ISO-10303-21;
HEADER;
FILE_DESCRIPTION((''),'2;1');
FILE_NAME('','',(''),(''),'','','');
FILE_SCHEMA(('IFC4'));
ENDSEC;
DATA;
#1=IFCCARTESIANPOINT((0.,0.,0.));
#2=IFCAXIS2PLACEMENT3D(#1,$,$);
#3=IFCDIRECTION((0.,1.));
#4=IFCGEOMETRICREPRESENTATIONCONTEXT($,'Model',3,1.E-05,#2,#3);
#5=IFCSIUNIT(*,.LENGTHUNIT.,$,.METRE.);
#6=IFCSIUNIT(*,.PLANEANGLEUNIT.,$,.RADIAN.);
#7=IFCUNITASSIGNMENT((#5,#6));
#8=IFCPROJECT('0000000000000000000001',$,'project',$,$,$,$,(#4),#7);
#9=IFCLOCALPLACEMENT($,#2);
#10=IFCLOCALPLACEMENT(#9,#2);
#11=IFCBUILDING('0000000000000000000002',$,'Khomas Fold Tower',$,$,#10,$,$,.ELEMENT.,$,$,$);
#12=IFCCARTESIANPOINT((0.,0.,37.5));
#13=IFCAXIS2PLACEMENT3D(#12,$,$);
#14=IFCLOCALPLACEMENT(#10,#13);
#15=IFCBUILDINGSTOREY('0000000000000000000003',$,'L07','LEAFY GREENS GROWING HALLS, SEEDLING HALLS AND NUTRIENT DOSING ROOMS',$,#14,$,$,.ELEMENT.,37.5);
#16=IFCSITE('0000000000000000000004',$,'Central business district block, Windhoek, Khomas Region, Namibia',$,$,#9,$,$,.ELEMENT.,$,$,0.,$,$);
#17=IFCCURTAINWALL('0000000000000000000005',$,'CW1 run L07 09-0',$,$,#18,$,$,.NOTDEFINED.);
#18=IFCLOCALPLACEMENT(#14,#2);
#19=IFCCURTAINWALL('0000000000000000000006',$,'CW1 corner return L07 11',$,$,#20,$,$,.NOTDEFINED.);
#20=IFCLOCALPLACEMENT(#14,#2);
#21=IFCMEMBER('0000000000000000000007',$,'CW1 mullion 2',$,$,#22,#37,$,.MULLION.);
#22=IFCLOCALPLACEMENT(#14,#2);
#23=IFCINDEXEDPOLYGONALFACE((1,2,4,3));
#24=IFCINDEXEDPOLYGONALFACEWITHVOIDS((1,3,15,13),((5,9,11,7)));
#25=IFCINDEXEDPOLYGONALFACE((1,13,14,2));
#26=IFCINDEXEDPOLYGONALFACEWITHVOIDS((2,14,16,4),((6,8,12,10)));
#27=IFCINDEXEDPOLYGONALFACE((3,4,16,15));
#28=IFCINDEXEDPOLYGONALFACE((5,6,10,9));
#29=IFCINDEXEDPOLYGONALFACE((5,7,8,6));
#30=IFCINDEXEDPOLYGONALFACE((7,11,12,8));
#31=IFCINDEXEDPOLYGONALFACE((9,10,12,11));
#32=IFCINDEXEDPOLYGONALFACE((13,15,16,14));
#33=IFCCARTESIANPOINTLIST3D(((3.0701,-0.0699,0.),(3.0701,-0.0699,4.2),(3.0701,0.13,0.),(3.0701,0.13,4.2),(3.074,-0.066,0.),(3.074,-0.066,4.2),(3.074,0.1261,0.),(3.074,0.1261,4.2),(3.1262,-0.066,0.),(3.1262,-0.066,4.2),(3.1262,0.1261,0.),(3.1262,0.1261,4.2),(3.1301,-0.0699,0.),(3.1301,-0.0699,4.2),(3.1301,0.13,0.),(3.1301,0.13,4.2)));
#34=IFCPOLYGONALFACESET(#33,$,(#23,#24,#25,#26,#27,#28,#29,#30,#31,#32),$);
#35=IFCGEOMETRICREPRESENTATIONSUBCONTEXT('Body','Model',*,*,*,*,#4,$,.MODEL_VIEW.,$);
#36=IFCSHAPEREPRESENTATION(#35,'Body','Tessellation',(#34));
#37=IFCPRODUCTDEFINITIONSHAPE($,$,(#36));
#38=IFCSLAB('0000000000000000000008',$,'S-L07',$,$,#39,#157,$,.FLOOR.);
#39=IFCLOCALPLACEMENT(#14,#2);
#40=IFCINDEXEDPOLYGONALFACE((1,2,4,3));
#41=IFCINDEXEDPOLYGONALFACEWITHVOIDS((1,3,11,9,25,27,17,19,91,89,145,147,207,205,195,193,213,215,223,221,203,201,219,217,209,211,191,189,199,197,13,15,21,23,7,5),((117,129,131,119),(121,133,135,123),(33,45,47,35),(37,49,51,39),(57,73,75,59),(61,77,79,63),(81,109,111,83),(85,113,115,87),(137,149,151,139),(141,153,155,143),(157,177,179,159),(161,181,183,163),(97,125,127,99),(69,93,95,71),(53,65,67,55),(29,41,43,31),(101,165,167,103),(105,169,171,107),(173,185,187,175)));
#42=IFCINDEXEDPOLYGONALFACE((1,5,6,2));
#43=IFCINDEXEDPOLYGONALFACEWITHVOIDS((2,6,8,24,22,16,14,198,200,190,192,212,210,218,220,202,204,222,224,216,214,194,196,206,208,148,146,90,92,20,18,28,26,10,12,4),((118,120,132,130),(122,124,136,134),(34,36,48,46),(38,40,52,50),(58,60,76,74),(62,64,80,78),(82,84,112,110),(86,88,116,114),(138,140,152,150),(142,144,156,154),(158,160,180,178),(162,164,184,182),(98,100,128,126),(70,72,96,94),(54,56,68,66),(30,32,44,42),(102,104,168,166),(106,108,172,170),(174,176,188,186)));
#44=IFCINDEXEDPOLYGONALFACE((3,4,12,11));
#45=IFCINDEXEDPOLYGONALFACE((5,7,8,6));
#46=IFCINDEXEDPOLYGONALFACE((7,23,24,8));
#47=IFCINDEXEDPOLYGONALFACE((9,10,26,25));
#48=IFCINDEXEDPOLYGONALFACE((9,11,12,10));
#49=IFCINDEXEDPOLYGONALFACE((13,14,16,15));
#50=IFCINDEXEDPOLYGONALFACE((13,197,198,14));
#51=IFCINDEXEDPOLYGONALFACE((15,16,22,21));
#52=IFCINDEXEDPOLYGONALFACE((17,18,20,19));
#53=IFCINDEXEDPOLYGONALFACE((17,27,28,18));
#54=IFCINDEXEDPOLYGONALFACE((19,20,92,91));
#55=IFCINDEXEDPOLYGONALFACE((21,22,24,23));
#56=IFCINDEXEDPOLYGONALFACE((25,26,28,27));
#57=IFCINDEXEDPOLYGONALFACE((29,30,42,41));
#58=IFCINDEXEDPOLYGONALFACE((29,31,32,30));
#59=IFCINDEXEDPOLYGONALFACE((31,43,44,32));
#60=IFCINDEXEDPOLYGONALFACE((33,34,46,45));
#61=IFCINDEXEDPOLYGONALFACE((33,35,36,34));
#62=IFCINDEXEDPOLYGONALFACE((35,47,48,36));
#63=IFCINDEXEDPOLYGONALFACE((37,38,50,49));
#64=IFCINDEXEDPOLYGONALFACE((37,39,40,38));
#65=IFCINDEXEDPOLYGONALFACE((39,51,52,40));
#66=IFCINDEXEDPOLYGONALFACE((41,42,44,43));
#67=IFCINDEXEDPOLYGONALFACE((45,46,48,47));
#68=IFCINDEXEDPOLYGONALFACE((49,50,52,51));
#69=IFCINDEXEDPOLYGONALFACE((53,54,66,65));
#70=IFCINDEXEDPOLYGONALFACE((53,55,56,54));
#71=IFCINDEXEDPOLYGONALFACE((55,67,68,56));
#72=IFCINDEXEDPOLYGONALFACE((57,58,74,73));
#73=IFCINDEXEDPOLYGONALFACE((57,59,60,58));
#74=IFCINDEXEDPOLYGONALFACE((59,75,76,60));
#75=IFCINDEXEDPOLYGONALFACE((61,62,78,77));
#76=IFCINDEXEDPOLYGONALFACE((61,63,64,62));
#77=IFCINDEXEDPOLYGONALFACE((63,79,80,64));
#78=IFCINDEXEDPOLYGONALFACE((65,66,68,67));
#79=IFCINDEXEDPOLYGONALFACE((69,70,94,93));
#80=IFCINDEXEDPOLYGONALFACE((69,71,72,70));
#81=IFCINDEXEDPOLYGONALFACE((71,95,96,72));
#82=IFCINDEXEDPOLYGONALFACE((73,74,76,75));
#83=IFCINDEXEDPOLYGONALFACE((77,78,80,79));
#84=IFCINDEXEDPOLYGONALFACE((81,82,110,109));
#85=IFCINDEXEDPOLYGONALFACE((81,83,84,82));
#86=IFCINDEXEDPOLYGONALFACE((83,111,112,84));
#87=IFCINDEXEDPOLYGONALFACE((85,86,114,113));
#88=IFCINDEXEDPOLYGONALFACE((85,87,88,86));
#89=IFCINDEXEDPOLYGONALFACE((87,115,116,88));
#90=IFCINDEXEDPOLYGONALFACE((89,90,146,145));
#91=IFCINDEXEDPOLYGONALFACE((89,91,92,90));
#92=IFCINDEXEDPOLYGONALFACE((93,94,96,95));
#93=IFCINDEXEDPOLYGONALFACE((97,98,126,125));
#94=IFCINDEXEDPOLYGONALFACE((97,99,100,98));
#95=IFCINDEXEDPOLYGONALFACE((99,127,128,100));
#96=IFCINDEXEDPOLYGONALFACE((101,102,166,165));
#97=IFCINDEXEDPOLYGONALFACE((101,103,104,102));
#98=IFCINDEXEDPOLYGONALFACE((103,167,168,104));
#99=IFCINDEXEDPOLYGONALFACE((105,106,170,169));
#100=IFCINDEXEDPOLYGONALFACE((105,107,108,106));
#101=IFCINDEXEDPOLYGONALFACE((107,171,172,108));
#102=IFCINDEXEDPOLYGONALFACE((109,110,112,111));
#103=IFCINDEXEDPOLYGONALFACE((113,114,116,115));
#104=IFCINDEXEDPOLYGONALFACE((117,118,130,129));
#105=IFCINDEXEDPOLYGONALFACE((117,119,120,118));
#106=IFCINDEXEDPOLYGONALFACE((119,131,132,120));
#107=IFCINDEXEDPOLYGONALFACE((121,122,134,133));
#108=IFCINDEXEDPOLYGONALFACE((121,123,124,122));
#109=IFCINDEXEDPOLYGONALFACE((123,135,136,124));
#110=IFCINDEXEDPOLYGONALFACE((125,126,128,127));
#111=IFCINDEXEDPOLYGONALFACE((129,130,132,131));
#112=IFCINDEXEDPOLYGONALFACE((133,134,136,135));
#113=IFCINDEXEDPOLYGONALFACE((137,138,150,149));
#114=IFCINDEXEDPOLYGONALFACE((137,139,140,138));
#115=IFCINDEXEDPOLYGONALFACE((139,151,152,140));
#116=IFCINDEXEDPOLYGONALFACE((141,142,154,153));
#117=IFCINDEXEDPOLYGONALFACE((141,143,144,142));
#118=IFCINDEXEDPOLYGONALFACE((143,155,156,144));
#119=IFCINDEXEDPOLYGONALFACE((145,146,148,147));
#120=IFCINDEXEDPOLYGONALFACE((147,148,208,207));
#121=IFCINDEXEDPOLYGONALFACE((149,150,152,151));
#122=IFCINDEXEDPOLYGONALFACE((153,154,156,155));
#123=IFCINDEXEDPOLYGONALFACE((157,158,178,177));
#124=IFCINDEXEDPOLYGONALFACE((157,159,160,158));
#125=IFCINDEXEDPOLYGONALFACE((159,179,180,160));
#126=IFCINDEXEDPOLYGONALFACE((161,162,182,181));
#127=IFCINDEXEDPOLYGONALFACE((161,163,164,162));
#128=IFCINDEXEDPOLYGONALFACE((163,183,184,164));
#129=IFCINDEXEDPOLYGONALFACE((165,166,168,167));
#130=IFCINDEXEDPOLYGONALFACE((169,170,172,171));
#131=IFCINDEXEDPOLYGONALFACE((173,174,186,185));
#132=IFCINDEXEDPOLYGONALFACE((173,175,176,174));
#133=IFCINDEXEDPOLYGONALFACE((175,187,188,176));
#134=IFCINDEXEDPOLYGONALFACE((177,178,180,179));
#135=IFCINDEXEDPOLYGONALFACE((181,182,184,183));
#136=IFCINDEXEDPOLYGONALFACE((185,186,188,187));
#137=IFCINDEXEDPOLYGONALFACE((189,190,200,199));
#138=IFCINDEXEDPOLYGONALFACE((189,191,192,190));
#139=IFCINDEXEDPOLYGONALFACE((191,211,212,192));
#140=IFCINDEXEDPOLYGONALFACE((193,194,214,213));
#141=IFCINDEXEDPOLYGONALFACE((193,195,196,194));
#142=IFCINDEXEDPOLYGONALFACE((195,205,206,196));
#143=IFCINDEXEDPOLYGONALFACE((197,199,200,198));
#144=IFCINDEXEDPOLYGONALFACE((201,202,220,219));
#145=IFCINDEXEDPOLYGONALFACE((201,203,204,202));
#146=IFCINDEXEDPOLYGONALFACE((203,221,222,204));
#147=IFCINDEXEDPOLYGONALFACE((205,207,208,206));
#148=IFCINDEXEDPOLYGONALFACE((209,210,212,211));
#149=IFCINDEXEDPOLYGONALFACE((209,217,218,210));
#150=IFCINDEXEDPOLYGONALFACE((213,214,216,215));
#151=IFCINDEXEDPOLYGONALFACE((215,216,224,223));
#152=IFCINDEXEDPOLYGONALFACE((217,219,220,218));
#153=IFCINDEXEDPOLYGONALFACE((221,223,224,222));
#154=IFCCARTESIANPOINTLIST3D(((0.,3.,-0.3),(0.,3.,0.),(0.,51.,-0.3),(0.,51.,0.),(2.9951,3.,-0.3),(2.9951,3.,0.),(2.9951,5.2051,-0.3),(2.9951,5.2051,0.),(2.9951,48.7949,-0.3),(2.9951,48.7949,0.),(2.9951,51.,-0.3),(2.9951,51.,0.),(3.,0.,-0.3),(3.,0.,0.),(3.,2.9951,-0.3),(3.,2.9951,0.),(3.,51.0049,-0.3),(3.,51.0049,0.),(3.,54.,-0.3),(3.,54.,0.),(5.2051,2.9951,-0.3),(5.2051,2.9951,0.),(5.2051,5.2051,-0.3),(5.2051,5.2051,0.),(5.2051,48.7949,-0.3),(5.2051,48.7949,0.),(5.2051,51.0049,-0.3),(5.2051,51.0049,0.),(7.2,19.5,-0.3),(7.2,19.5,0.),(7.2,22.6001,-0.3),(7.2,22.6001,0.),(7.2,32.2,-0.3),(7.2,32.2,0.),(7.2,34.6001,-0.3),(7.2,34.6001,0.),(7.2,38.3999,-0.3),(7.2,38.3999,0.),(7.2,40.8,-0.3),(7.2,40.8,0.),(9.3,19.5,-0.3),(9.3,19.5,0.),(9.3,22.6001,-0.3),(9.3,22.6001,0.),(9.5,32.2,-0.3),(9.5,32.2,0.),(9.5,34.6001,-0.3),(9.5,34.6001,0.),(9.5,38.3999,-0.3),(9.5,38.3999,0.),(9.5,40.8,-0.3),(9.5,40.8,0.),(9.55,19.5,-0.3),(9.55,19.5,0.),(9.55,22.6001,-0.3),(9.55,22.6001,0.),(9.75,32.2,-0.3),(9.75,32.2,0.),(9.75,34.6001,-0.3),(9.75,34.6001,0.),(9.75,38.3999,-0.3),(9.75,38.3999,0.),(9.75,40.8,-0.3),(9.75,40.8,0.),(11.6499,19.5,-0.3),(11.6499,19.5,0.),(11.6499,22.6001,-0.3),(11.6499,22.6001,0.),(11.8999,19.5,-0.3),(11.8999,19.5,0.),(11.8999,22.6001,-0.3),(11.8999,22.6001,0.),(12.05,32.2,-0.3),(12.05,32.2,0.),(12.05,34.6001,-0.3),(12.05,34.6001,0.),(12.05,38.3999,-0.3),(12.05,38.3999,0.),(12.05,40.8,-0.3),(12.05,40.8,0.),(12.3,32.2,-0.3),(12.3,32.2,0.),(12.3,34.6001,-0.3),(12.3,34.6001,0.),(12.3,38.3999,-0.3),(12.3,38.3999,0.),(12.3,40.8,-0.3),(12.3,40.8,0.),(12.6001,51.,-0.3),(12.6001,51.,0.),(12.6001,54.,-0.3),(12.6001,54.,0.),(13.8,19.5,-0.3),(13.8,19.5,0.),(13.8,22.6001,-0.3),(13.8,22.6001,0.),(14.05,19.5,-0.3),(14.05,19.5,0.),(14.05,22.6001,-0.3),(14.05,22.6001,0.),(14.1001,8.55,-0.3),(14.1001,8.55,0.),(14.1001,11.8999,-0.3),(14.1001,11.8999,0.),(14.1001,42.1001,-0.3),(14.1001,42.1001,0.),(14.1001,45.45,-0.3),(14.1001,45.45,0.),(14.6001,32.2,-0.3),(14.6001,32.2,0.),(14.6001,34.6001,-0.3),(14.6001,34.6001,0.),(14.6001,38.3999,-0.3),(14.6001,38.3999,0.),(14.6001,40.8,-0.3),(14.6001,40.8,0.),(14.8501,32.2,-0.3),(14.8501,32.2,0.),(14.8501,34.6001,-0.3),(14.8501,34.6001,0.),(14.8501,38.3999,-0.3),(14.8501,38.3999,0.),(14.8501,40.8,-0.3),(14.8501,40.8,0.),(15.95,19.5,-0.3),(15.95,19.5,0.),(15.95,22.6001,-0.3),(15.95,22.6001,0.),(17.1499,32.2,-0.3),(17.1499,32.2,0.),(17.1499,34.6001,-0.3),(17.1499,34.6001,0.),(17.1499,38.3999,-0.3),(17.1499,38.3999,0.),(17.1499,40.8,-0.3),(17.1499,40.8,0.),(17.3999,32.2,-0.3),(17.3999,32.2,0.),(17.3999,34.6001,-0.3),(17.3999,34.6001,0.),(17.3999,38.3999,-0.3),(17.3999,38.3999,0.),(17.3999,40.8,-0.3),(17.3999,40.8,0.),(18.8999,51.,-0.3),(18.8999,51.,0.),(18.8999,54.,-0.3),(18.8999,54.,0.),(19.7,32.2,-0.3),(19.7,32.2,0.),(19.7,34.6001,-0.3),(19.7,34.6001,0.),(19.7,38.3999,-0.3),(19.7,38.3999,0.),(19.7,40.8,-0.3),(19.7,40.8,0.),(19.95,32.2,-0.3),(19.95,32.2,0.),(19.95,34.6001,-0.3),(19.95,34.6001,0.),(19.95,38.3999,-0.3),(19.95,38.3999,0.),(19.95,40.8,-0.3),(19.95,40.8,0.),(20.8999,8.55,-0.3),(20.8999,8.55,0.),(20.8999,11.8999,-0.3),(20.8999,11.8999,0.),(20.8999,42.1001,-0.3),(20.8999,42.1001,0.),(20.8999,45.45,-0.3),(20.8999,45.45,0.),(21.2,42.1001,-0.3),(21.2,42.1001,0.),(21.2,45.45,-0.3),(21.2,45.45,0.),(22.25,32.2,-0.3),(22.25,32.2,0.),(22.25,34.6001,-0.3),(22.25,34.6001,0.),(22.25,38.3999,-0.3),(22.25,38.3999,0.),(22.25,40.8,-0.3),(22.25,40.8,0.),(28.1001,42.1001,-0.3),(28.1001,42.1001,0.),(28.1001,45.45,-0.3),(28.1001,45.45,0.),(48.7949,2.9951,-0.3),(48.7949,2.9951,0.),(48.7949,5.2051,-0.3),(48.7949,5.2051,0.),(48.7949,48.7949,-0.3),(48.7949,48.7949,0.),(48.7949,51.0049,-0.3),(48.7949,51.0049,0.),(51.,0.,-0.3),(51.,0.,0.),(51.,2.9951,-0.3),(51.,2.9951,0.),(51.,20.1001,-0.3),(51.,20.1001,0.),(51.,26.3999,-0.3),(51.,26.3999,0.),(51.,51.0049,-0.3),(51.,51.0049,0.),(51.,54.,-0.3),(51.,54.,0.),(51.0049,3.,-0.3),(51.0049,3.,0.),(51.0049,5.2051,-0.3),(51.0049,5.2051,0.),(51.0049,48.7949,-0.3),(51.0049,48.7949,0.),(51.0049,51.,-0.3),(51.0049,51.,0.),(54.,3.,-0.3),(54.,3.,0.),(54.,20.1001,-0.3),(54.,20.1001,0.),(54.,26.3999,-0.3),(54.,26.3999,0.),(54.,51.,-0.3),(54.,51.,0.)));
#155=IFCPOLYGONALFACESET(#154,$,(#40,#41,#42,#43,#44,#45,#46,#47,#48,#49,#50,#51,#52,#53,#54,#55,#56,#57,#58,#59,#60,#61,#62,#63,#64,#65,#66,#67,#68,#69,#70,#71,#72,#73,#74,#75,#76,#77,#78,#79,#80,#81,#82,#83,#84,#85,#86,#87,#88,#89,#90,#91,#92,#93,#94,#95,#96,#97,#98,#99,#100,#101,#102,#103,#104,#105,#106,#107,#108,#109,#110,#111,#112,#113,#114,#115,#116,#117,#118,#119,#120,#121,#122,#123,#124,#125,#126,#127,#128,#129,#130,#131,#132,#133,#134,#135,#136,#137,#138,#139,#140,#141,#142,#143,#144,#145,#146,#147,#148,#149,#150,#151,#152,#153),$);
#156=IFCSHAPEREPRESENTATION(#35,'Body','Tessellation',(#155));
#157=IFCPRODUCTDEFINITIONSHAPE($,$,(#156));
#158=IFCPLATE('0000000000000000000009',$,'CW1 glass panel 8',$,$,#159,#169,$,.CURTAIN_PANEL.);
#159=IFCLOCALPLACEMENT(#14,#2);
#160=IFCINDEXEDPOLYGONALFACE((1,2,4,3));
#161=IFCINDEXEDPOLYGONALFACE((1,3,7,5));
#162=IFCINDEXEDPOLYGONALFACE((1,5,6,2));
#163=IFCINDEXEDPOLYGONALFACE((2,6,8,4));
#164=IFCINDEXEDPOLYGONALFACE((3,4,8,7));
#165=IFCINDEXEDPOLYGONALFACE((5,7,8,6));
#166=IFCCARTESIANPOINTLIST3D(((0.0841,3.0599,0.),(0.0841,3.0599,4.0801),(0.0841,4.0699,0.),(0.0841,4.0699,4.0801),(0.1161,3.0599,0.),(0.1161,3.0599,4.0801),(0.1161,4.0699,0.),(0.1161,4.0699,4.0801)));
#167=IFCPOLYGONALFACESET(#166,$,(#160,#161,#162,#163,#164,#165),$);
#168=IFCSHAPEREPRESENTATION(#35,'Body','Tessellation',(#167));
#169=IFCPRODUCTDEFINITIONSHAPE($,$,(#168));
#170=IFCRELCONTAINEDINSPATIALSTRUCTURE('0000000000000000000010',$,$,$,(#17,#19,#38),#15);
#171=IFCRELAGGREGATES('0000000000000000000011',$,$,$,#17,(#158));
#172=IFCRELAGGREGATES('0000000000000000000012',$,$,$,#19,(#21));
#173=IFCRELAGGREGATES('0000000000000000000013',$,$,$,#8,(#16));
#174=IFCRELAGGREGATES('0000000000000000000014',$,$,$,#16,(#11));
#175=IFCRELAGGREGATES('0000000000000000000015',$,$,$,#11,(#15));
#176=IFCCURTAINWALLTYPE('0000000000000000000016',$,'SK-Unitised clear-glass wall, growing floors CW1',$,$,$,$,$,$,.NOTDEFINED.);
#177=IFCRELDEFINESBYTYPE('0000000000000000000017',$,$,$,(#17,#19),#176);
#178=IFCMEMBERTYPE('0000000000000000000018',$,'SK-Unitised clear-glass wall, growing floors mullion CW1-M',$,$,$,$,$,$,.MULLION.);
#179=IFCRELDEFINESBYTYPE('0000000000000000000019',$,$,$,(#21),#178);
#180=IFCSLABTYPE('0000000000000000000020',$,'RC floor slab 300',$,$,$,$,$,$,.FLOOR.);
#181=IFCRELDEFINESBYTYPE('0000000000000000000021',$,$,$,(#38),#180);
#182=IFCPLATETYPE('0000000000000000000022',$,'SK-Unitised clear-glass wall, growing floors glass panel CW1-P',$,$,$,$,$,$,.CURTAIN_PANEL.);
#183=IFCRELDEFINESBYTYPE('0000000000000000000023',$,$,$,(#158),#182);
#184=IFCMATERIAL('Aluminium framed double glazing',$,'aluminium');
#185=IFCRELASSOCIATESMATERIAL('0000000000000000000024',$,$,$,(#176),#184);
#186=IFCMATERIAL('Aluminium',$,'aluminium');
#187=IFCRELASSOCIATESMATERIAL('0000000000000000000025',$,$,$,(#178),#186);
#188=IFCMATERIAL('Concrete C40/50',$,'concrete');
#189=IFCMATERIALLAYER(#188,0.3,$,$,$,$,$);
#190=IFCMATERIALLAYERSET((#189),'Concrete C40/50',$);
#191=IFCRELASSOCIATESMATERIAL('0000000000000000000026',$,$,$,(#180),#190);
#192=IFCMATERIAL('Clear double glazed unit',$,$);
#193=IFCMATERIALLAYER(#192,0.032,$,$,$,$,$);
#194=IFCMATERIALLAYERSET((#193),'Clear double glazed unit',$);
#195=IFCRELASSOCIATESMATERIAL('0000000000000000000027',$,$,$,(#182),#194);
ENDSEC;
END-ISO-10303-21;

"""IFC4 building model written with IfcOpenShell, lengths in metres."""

from ifc_helpers import new_model, si_unit, direction, frame, origin, origin_2d, place, context, subcontext, project, spatial, polyline, rectangle, hollow_rectangle, outline, extrude, source, transform, mapped, material, layer, layer_set, material_profile, profile_set, type_object, element, aggregate, save


model = new_model("IFC4")

# Units and contexts
model_context = context("Model", 3, precision=1e-05, world=origin(), true_north=direction((0.0, 1.0)))
body_context = subcontext(model_context, "Body", "Model", "MODEL_VIEW")
ifc_project = project(units=[si_unit("LENGTHUNIT", "METRE"), si_unit("PLANEANGLEUNIT", "RADIAN")], contexts=[model_context])

# Site, building, storey
site_placement = place(None, origin())
site = spatial("IfcSite", under=ifc_project, at=site_placement, Name="Central business district block, Windhoek, Khomas Region, Namibia", CompositionType="ELEMENT", RefElevation=0.0)
building_placement = place(site_placement, origin())
building = spatial("IfcBuilding", under=site, at=building_placement, Name="Khomas Fold Tower", CompositionType="ELEMENT")
storey_placement = place(building_placement, frame((0.0, 0.0, 37.5)))
storey = spatial("IfcBuildingStorey", under=building, at=storey_placement, Name="L07", Description="LEAFY GREENS GROWING HALLS, SEEDLING HALLS AND NUTRIENT DOSING ROOMS", CompositionType="ELEMENT", Elevation=37.5)

# Curtain walls
ifc_material_1 = material(Name="Aluminium framed double glazing", Category="aluminium")
curtain_wall_type = type_object("IfcCurtainWallType", Name="SK-Unitised clear-glass wall, growing floors CW1", PredefinedType="NOTDEFINED", material=ifc_material_1)
curtain_wall_1_placement = place(storey_placement, origin())
curtain_wall_1 = element("IfcCurtainWall", 1, at=curtain_wall_1_placement, inside=storey, type_object=curtain_wall_type, Name="CW1 run L07 09-0", PredefinedType="NOTDEFINED")
curtain_wall_2_placement = place(storey_placement, origin())
curtain_wall_2 = element("IfcCurtainWall", 2, at=curtain_wall_2_placement, inside=storey, type_object=curtain_wall_type, Name="CW1 corner return L07 11", PredefinedType="NOTDEFINED")

# Member
ifc_material_2 = material(Name="Aluminium", Category="aluminium")
ifc_material_profile_1 = material_profile(ifc_material_2, hollow_rectangle(XDim=0.0601, YDim=0.2, WallThickness=0.0039, at=origin_2d()), Name="SK-Unitised clear-glass wall, growing floors mullion CW1-M")
ifc_profile_set_1 = profile_set([ifc_material_profile_1], Name="Aluminium")
member_type_1 = type_object("IfcMemberType", Name="SK-Unitised clear-glass wall, growing floors mullion CW1-M", PredefinedType="MULLION", material=ifc_profile_set_1)
shared_shape_1 = source(origin(), body_context, "Body", "SweptSolid", [
    extrude(hollow_rectangle(XDim=0.0601, YDim=0.2, WallThickness=0.0039, at=origin_2d()), origin(), (0.0, 0.0, 1.0), 4.2),
])
member_1_placement = place(storey_placement, frame((3.1001, 0.03, 0.0), z_axis=(0.0, 0.0, 1.0), x_axis=(1.0, 0.0, 0.0)))
member_1 = element("IfcMember", 3, at=member_1_placement, type_object=member_type_1, Name="CW1 mullion 2", PredefinedType="MULLION", context=body_context, shape_type="MappedRepresentation", body=[
    mapped(shared_shape_1, transform((0.0, 0.0, 0.0))),
])

# Slab
ifc_material_3 = material(Name="Concrete C40/50", Category="concrete")
ifc_layer_1 = layer(ifc_material_3, 0.3)
ifc_layer_set_1 = layer_set([ifc_layer_1], Name="Concrete C40/50")
slab_type_1 = type_object("IfcSlabType", Name="RC floor slab 300", PredefinedType="FLOOR", material=ifc_layer_set_1)
shared_shape_2 = source(origin(), body_context, "Body", "SweptSolid", [
    extrude(outline(polyline([(0.0, 3.0), (2.9951, 3.0), (2.9951, 5.2051), (5.2051, 5.2051), (5.2051, 2.9951), (3.0, 2.9951), (3.0, 0.0), (51.0, 0.0), (51.0, 2.9951), (48.7949, 2.9951), (48.7949, 5.2051), (51.0049, 5.2051), (51.0049, 3.0), (54.0, 3.0), (54.0, 20.1001), (51.0, 20.1001), (51.0, 26.3999), (54.0, 26.3999), (54.0, 51.0), (51.0049, 51.0), (51.0049, 48.7949), (48.7949, 48.7949), (48.7949, 51.0049), (51.0, 51.0049), (51.0, 54.0), (18.8999, 54.0), (18.8999, 51.0), (12.6001, 51.0), (12.6001, 54.0), (3.0, 54.0), (3.0, 51.0049), (5.2051, 51.0049), (5.2051, 48.7949), (2.9951, 48.7949), (2.9951, 51.0), (0.0, 51.0), (0.0, 3.0)]), holes=[polyline([(7.2, 19.5), (7.2, 22.6001), (9.3, 22.6001), (9.3, 19.5), (7.2, 19.5)]), polyline([(7.2, 32.2), (7.2, 34.6001), (9.5, 34.6001), (9.5, 32.2), (7.2, 32.2)]), polyline([(7.2, 38.3999), (7.2, 40.8), (9.5, 40.8), (9.5, 38.3999), (7.2, 38.3999)]), polyline([(9.55, 19.5), (9.55, 22.6001), (11.6499, 22.6001), (11.6499, 19.5), (9.55, 19.5)]), polyline([(9.75, 32.2), (9.75, 34.6001), (12.05, 34.6001), (12.05, 32.2), (9.75, 32.2)]), polyline([(9.75, 38.3999), (9.75, 40.8), (12.05, 40.8), (12.05, 38.3999), (9.75, 38.3999)]), polyline([(11.8999, 19.5), (11.8999, 22.6001), (13.8, 22.6001), (13.8, 19.5), (11.8999, 19.5)]), polyline([(12.3, 32.2), (12.3, 34.6001), (14.6001, 34.6001), (14.6001, 32.2), (12.3, 32.2)]), polyline([(12.3, 38.3999), (12.3, 40.8), (14.6001, 40.8), (14.6001, 38.3999), (12.3, 38.3999)]), polyline([(14.05, 19.5), (14.05, 22.6001), (15.95, 22.6001), (15.95, 19.5), (14.05, 19.5)]), polyline([(14.1001, 8.55), (14.1001, 11.8999), (20.8999, 11.8999), (20.8999, 8.55), (14.1001, 8.55)]), polyline([(14.1001, 42.1001), (14.1001, 45.45), (20.8999, 45.45), (20.8999, 42.1001), (14.1001, 42.1001)]), polyline([(14.8501, 32.2), (14.8501, 34.6001), (17.1499, 34.6001), (17.1499, 32.2), (14.8501, 32.2)]), polyline([(14.8501, 38.3999), (14.8501, 40.8), (17.1499, 40.8), (17.1499, 38.3999), (14.8501, 38.3999)]), polyline([(17.3999, 32.2), (17.3999, 34.6001), (19.7, 34.6001), (19.7, 32.2), (17.3999, 32.2)]), polyline([(17.3999, 38.3999), (17.3999, 40.8), (19.7, 40.8), (19.7, 38.3999), (17.3999, 38.3999)]), polyline([(19.95, 32.2), (19.95, 34.6001), (22.25, 34.6001), (22.25, 32.2), (19.95, 32.2)]), polyline([(19.95, 38.3999), (19.95, 40.8), (22.25, 40.8), (22.25, 38.3999), (19.95, 38.3999)]), polyline([(21.2, 42.1001), (21.2, 45.45), (28.1001, 45.45), (28.1001, 42.1001), (21.2, 42.1001)])]), origin(), (0.0, 0.0, 1.0), 0.3),
])
slab_1_placement = place(storey_placement, frame((0.0, 0.0, -0.3)))
element("IfcSlab", 4, at=slab_1_placement, inside=storey, type_object=slab_type_1, Name="S-L07", PredefinedType="FLOOR", context=body_context, shape_type="MappedRepresentation", body=[
    mapped(shared_shape_2, transform((0.0, 0.0, 0.0))),
])

# Plate
ifc_material_4 = material(Name="Clear double glazed unit")
ifc_layer_2 = layer(ifc_material_4, 0.032)
ifc_layer_set_2 = layer_set([ifc_layer_2], Name="Clear double glazed unit")
plate_type = type_object("IfcPlateType", Name="SK-Unitised clear-glass wall, growing floors glass panel CW1-P", PredefinedType="CURTAIN_PANEL", material=ifc_layer_set_2)
shared_shape_3 = source(origin(), body_context, "Body", "SweptSolid", [
    extrude(rectangle(XDim=1.01, YDim=0.032, at=origin_2d()), origin(), (0.0, 0.0, 1.0), 4.0801),
])
plate_1_placement = place(storey_placement, frame((0.1001, 3.5649, 0.0), z_axis=(0.0, 0.0, 1.0), x_axis=(0.0, -1.0, 0.0)))
plate_1 = element("IfcPlate", 5, at=plate_1_placement, type_object=plate_type, Name="CW1 glass panel 8", PredefinedType="CURTAIN_PANEL", context=body_context, shape_type="MappedRepresentation", body=[
    mapped(shared_shape_3, transform((0.0, 0.0, 0.0))),
])
aggregate(curtain_wall_1, [plate_1])
aggregate(curtain_wall_2, [member_1])

save(model, "model.ifc")
